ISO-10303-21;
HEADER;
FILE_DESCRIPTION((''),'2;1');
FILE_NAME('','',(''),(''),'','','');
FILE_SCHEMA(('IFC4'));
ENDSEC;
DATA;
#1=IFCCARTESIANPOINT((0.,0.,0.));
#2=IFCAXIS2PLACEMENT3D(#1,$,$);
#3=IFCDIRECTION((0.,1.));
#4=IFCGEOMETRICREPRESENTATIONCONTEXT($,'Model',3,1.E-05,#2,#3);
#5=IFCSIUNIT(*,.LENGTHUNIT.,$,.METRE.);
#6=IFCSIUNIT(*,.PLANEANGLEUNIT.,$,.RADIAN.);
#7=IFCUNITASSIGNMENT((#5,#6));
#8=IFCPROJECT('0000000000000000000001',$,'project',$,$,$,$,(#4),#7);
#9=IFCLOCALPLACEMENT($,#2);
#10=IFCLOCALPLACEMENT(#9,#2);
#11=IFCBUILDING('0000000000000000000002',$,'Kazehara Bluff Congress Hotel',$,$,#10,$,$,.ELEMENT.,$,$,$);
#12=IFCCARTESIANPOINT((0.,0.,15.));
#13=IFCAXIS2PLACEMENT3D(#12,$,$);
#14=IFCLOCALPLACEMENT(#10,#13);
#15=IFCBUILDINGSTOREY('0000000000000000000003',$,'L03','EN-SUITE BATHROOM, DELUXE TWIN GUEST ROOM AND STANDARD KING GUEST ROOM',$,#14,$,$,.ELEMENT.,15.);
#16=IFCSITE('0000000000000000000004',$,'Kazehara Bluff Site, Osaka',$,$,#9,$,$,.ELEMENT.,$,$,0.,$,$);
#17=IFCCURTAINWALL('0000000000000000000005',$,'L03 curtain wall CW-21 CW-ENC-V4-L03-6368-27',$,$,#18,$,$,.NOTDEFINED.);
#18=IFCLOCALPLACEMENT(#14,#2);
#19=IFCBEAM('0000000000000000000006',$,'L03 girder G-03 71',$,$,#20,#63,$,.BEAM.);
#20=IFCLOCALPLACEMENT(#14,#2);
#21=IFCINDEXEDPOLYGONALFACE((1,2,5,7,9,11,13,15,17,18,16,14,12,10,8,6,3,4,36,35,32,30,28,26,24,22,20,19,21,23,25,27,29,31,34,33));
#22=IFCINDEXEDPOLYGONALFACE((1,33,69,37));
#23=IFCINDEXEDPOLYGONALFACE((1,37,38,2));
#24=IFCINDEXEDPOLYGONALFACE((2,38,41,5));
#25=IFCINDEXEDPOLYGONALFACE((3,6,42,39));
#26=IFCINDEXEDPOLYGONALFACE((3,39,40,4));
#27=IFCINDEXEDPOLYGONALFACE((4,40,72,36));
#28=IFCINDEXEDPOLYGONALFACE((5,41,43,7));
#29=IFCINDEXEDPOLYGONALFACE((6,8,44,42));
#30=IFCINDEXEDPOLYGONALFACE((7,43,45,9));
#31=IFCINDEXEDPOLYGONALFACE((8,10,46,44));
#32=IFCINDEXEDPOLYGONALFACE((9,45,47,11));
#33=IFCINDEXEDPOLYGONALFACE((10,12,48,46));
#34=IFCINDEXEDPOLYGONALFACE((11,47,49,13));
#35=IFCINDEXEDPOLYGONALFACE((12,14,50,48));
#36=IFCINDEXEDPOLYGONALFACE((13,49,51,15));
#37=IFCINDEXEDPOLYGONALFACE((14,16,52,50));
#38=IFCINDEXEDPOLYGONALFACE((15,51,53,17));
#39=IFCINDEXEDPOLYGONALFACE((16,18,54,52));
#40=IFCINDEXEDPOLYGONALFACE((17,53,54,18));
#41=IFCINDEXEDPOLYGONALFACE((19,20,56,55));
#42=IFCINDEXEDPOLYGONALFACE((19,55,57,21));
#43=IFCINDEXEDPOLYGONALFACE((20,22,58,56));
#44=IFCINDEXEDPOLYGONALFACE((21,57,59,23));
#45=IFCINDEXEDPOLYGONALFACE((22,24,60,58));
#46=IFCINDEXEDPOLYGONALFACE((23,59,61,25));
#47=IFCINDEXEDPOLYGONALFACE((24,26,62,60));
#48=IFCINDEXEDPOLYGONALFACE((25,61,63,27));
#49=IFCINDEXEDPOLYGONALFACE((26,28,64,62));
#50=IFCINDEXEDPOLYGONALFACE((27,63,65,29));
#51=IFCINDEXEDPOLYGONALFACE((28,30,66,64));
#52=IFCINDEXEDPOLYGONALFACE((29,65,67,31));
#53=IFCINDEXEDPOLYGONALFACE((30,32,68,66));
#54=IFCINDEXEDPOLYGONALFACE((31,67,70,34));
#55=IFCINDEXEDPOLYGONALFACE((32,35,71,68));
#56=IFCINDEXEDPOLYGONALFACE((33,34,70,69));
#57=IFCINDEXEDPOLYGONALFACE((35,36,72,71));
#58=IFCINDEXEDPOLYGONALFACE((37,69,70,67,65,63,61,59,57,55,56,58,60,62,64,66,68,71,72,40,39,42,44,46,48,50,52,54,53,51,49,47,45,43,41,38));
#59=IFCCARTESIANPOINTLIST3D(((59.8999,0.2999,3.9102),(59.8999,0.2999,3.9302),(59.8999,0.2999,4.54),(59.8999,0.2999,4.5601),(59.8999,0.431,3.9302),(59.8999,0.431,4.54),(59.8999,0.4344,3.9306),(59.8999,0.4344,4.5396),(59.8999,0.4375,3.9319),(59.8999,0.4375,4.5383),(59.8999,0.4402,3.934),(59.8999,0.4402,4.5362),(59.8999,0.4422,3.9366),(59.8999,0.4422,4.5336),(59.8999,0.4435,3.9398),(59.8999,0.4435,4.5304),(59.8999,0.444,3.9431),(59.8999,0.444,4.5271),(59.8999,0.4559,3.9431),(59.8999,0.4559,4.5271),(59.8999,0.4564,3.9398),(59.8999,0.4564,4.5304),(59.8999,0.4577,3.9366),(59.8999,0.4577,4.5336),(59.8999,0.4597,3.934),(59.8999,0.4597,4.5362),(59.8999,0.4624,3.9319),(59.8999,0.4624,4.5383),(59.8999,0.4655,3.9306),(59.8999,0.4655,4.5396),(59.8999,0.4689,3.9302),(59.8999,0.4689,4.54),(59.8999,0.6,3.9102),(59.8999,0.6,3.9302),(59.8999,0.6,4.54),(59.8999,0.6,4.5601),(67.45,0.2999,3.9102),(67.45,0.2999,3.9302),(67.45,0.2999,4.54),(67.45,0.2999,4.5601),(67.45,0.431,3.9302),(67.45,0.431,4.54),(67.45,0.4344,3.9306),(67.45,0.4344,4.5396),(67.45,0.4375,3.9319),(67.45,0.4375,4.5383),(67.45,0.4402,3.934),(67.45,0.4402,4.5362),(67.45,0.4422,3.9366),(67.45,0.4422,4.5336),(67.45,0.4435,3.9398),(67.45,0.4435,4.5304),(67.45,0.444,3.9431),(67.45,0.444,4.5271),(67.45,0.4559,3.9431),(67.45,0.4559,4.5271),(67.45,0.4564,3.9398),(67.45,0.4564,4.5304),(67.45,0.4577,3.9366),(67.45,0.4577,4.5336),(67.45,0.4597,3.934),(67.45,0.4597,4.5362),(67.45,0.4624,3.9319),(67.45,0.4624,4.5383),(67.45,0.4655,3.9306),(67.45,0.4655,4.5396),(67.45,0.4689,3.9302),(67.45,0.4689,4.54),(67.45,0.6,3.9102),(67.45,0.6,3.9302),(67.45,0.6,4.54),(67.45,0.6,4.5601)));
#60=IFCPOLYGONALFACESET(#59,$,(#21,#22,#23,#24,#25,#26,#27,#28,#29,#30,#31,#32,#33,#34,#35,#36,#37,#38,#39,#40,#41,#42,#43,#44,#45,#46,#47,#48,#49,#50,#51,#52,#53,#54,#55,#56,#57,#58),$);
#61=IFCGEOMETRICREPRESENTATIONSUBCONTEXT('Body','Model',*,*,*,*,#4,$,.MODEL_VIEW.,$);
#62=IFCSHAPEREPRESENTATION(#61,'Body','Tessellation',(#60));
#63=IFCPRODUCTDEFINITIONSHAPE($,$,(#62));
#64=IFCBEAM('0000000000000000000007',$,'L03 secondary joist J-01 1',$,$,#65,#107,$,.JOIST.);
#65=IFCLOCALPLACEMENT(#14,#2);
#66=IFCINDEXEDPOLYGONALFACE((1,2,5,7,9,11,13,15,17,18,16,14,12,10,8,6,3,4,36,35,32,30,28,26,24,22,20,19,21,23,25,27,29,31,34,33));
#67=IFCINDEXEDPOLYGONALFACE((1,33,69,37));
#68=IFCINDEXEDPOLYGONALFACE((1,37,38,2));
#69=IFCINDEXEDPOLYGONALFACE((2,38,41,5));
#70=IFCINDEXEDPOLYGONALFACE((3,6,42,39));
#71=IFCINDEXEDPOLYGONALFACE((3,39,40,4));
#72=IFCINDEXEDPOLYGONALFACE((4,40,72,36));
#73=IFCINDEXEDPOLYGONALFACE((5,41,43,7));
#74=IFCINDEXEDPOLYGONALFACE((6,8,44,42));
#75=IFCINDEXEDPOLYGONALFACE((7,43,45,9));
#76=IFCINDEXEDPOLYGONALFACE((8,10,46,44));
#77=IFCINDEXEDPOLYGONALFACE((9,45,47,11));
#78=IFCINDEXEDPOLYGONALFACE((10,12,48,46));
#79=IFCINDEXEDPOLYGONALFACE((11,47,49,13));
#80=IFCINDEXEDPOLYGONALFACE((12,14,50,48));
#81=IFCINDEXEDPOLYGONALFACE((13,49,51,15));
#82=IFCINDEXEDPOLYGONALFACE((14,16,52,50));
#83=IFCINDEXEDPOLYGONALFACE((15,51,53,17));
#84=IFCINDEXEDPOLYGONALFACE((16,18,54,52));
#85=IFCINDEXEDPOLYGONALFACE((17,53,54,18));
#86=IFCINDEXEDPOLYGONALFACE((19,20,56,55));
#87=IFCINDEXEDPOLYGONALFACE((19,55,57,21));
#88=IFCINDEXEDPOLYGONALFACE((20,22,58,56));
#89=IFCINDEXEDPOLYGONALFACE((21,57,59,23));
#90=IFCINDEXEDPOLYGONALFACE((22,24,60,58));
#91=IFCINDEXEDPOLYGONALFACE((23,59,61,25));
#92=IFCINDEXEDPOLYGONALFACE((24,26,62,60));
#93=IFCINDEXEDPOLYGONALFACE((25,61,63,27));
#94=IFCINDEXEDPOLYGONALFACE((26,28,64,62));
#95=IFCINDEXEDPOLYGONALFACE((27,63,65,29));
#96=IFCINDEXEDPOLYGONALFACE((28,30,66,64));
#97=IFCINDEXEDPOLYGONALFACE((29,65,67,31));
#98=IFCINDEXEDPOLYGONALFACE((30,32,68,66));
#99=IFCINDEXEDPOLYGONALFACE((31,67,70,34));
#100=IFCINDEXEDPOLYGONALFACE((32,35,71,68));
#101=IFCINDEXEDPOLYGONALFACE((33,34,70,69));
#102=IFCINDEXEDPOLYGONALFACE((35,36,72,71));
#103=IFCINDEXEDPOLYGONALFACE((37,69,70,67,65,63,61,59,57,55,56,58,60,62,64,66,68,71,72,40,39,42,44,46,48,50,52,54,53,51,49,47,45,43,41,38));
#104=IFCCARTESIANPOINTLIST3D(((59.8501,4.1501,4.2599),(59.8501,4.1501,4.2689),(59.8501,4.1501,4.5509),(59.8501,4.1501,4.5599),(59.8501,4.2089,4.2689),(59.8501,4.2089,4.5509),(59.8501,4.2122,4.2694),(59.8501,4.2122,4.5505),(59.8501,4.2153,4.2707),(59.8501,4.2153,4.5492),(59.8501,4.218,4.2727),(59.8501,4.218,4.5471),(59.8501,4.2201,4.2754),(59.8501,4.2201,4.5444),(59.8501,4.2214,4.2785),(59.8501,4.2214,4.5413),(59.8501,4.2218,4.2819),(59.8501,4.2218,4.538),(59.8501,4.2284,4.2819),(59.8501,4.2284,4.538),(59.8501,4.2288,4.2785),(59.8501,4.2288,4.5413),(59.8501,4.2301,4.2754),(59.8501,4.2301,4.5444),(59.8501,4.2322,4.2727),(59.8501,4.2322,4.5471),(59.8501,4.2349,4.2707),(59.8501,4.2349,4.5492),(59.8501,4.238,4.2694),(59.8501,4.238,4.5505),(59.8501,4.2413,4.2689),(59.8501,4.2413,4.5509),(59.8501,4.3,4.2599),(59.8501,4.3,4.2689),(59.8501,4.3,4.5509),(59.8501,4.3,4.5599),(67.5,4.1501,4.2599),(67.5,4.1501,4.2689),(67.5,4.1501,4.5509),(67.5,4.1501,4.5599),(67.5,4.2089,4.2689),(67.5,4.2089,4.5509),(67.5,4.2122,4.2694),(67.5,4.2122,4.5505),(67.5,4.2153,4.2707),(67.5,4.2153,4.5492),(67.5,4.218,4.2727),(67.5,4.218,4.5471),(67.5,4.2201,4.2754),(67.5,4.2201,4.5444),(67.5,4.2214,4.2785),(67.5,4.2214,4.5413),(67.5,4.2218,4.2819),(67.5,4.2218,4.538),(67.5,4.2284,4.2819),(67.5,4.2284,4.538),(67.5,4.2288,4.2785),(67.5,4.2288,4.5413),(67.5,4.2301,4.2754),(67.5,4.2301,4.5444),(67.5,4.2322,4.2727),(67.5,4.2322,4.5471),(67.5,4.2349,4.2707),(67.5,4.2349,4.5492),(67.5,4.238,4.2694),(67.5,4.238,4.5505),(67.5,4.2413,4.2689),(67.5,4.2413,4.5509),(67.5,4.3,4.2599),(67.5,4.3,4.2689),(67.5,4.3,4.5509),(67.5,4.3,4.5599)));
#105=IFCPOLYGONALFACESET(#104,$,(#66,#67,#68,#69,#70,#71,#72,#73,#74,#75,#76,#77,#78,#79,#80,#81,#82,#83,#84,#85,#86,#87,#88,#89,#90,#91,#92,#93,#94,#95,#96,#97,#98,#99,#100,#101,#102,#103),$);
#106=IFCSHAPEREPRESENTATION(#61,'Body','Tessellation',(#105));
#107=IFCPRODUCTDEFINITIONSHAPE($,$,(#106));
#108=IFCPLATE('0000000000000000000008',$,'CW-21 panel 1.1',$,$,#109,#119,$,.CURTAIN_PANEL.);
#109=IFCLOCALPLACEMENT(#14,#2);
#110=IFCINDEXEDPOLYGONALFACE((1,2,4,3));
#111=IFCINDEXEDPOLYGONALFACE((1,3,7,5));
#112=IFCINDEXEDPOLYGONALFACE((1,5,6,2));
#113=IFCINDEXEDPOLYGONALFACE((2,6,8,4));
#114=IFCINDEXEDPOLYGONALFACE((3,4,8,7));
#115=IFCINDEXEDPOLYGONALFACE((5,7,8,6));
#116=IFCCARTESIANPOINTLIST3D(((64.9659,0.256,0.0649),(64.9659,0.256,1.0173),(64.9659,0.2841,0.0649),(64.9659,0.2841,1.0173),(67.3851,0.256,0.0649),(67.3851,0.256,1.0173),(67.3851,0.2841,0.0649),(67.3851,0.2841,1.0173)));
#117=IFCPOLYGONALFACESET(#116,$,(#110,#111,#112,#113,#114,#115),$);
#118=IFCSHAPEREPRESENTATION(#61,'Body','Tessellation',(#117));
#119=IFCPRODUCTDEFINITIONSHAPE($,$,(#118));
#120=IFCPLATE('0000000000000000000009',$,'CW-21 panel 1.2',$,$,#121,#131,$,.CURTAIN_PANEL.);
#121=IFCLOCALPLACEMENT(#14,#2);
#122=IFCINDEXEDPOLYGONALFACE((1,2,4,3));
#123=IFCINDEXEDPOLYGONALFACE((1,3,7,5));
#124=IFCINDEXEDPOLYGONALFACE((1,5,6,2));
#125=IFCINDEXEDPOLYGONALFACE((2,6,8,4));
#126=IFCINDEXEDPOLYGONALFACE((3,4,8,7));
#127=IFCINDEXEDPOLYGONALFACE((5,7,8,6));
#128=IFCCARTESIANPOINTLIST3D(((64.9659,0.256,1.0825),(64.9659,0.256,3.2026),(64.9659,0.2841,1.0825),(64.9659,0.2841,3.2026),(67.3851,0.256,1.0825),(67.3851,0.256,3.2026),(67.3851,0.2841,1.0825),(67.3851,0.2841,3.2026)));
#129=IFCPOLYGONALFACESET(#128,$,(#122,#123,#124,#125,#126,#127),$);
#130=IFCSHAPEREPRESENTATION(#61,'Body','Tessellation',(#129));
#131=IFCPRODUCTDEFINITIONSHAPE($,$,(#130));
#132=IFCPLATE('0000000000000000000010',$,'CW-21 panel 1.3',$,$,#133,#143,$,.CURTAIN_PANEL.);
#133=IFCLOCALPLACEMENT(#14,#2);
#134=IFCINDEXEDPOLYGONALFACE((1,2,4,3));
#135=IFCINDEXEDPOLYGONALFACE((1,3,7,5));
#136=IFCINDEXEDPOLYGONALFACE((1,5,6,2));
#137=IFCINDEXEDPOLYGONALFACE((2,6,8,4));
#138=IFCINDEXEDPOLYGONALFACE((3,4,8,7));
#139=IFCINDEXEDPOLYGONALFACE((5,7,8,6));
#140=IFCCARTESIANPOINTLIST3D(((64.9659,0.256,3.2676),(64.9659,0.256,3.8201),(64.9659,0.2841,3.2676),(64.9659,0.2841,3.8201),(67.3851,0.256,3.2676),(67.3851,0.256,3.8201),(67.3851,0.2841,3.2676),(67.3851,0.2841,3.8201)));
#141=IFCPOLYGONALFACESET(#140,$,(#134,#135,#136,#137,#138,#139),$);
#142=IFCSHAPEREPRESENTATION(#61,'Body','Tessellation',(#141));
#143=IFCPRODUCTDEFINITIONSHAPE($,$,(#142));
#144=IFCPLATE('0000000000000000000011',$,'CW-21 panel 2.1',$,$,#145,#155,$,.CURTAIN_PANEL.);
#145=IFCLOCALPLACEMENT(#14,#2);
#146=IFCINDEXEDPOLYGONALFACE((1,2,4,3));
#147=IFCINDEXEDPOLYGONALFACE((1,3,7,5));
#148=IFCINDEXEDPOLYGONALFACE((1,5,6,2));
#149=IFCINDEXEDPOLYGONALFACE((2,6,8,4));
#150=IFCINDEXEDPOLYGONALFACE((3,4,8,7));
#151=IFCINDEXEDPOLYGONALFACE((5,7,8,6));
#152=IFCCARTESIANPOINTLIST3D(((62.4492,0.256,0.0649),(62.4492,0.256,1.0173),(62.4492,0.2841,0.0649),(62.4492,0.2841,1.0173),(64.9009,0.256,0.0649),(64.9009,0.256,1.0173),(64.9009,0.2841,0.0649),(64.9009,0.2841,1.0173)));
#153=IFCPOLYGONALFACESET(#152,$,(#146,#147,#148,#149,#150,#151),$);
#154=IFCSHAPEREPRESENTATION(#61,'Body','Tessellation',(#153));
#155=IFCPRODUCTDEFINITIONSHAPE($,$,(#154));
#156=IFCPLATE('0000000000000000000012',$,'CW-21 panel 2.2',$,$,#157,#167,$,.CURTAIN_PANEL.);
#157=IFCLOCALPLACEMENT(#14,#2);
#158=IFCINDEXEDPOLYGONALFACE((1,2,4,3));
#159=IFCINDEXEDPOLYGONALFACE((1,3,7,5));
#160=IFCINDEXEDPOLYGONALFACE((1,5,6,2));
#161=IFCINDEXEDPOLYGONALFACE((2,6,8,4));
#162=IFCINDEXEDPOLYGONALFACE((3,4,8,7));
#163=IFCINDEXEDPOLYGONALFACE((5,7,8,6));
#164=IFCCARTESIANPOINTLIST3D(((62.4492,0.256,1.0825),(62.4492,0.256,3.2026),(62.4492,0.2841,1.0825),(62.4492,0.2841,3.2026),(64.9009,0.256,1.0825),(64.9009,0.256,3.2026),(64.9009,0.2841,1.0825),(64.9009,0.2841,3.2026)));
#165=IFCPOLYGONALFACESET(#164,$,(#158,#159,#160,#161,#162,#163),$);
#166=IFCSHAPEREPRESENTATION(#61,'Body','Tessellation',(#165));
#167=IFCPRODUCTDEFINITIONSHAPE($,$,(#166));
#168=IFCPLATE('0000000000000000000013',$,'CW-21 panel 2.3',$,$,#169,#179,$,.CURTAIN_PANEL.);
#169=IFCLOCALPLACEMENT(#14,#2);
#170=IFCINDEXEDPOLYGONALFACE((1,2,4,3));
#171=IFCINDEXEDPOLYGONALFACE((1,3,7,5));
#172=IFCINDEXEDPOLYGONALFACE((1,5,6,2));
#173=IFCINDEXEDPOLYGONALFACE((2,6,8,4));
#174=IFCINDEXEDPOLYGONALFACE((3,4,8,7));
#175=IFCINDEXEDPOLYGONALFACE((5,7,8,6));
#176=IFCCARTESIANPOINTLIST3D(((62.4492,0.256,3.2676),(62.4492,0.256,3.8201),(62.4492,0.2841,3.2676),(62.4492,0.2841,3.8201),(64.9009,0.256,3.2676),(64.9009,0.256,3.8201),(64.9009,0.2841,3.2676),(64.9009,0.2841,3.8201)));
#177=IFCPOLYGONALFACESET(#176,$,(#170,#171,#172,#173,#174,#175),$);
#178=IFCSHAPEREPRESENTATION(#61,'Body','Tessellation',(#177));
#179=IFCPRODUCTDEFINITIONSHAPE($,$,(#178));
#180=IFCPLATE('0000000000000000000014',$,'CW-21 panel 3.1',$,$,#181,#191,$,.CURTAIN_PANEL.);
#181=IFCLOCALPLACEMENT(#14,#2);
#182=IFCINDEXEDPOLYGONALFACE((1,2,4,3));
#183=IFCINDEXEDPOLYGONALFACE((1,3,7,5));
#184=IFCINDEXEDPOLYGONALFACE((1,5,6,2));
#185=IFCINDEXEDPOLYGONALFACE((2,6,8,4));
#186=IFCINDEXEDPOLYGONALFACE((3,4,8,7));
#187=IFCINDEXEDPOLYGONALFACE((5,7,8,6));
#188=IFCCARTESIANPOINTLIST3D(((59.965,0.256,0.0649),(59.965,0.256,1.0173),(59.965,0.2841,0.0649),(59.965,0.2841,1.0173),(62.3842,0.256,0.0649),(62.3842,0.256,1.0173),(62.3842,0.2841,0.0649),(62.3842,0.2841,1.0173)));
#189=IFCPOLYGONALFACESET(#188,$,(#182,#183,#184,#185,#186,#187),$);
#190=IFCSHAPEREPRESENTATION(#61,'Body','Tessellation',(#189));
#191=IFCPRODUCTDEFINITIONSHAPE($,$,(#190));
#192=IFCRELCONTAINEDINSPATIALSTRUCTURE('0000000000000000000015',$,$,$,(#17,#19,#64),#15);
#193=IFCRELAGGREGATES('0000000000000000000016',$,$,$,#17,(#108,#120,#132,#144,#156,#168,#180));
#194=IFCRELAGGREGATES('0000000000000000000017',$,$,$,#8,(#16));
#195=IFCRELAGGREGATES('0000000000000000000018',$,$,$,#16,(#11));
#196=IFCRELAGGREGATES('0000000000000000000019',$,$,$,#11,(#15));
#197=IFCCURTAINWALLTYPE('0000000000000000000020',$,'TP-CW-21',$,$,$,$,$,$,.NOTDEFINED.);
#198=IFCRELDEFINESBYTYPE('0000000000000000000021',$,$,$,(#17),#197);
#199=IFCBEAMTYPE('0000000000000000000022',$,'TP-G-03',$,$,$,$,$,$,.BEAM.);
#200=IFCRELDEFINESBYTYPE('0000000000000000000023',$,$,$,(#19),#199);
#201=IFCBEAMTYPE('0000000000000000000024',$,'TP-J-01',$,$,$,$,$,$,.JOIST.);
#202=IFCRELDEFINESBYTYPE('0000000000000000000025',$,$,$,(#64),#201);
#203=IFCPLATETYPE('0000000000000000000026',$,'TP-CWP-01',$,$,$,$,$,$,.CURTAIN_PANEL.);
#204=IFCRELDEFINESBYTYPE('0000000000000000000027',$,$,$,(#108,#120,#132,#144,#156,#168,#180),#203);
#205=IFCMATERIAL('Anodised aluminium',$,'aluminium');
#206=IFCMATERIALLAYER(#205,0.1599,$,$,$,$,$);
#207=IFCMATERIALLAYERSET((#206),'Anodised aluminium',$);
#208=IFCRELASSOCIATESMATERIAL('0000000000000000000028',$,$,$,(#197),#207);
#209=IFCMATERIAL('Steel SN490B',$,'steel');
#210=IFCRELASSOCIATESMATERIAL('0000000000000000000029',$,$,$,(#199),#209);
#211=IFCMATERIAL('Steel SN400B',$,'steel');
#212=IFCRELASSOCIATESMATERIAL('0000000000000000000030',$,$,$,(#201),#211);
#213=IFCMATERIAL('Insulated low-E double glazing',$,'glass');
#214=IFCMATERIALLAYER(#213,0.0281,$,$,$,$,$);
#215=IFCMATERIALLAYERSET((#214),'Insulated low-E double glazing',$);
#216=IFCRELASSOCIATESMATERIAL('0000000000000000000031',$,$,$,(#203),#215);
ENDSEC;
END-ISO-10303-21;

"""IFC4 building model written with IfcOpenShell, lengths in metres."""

from ifc_helpers import new_model, si_unit, direction, frame, origin, origin_2d, place, context, subcontext, project, spatial, rectangle, i_section, extrude, material, layer, layer_set, material_profile, profile_set, type_object, element, aggregate, save


model = new_model("IFC4")

# Units and contexts
model_context = context("Model", 3, precision=1e-05, world=origin(), true_north=direction((0.0, 1.0)))
body_context = subcontext(model_context, "Body", "Model", "MODEL_VIEW")
ifc_project = project(units=[si_unit("LENGTHUNIT", "METRE"), si_unit("PLANEANGLEUNIT", "RADIAN")], contexts=[model_context])

# Site, building, storey
site_placement = place(None, origin())
site = spatial("IfcSite", under=ifc_project, at=site_placement, Name="Kazehara Bluff Site, Osaka", CompositionType="ELEMENT", RefElevation=0.0)
building_placement = place(site_placement, origin())
building = spatial("IfcBuilding", under=site, at=building_placement, Name="Kazehara Bluff Congress Hotel", CompositionType="ELEMENT")
storey_placement = place(building_placement, frame((0.0, 0.0, 15.0)))
storey = spatial("IfcBuildingStorey", under=building, at=storey_placement, Name="L03", Description="EN-SUITE BATHROOM, DELUXE TWIN GUEST ROOM AND STANDARD KING GUEST ROOM", CompositionType="ELEMENT", Elevation=15.0)

# Curtain wall
ifc_material_1 = material(Name="Anodised aluminium", Category="aluminium")
ifc_layer_1 = layer(ifc_material_1, 0.1599)
ifc_layer_set_1 = layer_set([ifc_layer_1], Name="Anodised aluminium")
curtain_wall_type = type_object("IfcCurtainWallType", Name="TP-CW-21", PredefinedType="NOTDEFINED", material=ifc_layer_set_1)
curtain_wall_placement = place(storey_placement, origin())
curtain_wall = element("IfcCurtainWall", 1, at=curtain_wall_placement, inside=storey, type_object=curtain_wall_type, Name="L03 curtain wall CW-21 CW-ENC-V4-L03-6368-27", PredefinedType="NOTDEFINED")

# Beams
ifc_material_2 = material(Name="Steel SN490B", Category="steel")
ifc_material_profile_1 = material_profile(ifc_material_2, i_section(OverallWidth=0.3, OverallDepth=0.6499, WebThickness=0.012, FlangeThickness=0.02, FilletRadius=0.0129, at=origin_2d()))
ifc_profile_set_1 = profile_set([ifc_material_profile_1], Name="Steel SN490B")
beam_type_1 = type_object("IfcBeamType", Name="TP-G-03", PredefinedType="BEAM", material=ifc_profile_set_1)
beam_1_placement = place(storey_placement, frame((59.8999, 0.45, 4.2351), z_axis=(1.0, 0.0, 0.0), x_axis=(0.0, 1.0, 0.0)))
element("IfcBeam", 2, at=beam_1_placement, inside=storey, type_object=beam_type_1, Name="L03 girder G-03 71", PredefinedType="BEAM", context=body_context, shape_type="SweptSolid", body=[
    extrude(i_section(OverallWidth=0.3, OverallDepth=0.6499, WebThickness=0.012, FlangeThickness=0.02, FilletRadius=0.0129, at=origin_2d()), origin(), (0.0, 0.0, 1.0), 7.55),
])
ifc_material_3 = material(Name="Steel SN400B", Category="steel")
ifc_material_profile_2 = material_profile(ifc_material_3, i_section(OverallWidth=0.1499, OverallDepth=0.3, WebThickness=0.0066, FlangeThickness=0.009, FilletRadius=0.0129, at=origin_2d()))
ifc_profile_set_2 = profile_set([ifc_material_profile_2], Name="Steel SN400B")
beam_type_2 = type_object("IfcBeamType", Name="TP-J-01", PredefinedType="JOIST", material=ifc_profile_set_2)
beam_2_placement = place(storey_placement, frame((59.8501, 4.2251, 4.4099), z_axis=(1.0, 0.0, 0.0), x_axis=(0.0, 1.0, 0.0)))
element("IfcBeam", 3, at=beam_2_placement, inside=storey, type_object=beam_type_2, Name="L03 secondary joist J-01 1", PredefinedType="JOIST", context=body_context, shape_type="SweptSolid", body=[
    extrude(i_section(OverallWidth=0.1499, OverallDepth=0.3, WebThickness=0.0066, FlangeThickness=0.009, FilletRadius=0.0129, at=origin_2d()), origin(), (0.0, 0.0, 1.0), 7.6499),
])

# Plates
ifc_material_4 = material(Name="Insulated low-E double glazing", Category="glass")
ifc_layer_2 = layer(ifc_material_4, 0.0281)
ifc_layer_set_2 = layer_set([ifc_layer_2], Name="Insulated low-E double glazing")
plate_type = type_object("IfcPlateType", Name="TP-CWP-01", PredefinedType="CURTAIN_PANEL", material=ifc_layer_set_2)
plate_1_placement = place(storey_placement, frame((66.1755, 0.27, 0.0649), z_axis=(0.0, 0.0, 1.0), x_axis=(-1.0, 0.0, 0.0)))
plate_1 = element("IfcPlate", 4, at=plate_1_placement, type_object=plate_type, Name="CW-21 panel 1.1", PredefinedType="CURTAIN_PANEL", context=body_context, shape_type="SweptSolid", body=[
    extrude(rectangle(XDim=2.4192, YDim=0.0281, at=origin_2d()), origin(), (0.0, 0.0, 1.0), 0.9524),
])
plate_2_placement = place(storey_placement, frame((66.1755, 0.27, 1.0825), z_axis=(0.0, 0.0, 1.0), x_axis=(-1.0, 0.0, 0.0)))
plate_2 = element("IfcPlate", 5, at=plate_2_placement, type_object=plate_type, Name="CW-21 panel 1.2", PredefinedType="CURTAIN_PANEL", context=body_context, shape_type="SweptSolid", body=[
    extrude(rectangle(XDim=2.4192, YDim=0.0281, at=origin_2d()), origin(), (0.0, 0.0, 1.0), 2.1201),
])
plate_3_placement = place(storey_placement, frame((66.1755, 0.27, 3.2676), z_axis=(0.0, 0.0, 1.0), x_axis=(-1.0, 0.0, 0.0)))
plate_3 = element("IfcPlate", 6, at=plate_3_placement, type_object=plate_type, Name="CW-21 panel 1.3", PredefinedType="CURTAIN_PANEL", context=body_context, shape_type="SweptSolid", body=[
    extrude(rectangle(XDim=2.4192, YDim=0.0281, at=origin_2d()), origin(), (0.0, 0.0, 1.0), 0.5525),
])
plate_4_placement = place(storey_placement, frame((63.675, 0.27, 0.0649), z_axis=(0.0, 0.0, 1.0), x_axis=(-1.0, 0.0, 0.0)))
plate_4 = element("IfcPlate", 7, at=plate_4_placement, type_object=plate_type, Name="CW-21 panel 2.1", PredefinedType="CURTAIN_PANEL", context=body_context, shape_type="SweptSolid", body=[
    extrude(rectangle(XDim=2.4517, YDim=0.0281, at=origin_2d()), origin(), (0.0, 0.0, 1.0), 0.9524),
])
plate_5_placement = place(storey_placement, frame((63.675, 0.27, 1.0825), z_axis=(0.0, 0.0, 1.0), x_axis=(-1.0, 0.0, 0.0)))
plate_5 = element("IfcPlate", 8, at=plate_5_placement, type_object=plate_type, Name="CW-21 panel 2.2", PredefinedType="CURTAIN_PANEL", context=body_context, shape_type="SweptSolid", body=[
    extrude(rectangle(XDim=2.4517, YDim=0.0281, at=origin_2d()), origin(), (0.0, 0.0, 1.0), 2.1201),
])
plate_6_placement = place(storey_placement, frame((63.675, 0.27, 3.2676), z_axis=(0.0, 0.0, 1.0), x_axis=(-1.0, 0.0, 0.0)))
plate_6 = element("IfcPlate", 9, at=plate_6_placement, type_object=plate_type, Name="CW-21 panel 2.3", PredefinedType="CURTAIN_PANEL", context=body_context, shape_type="SweptSolid", body=[
    extrude(rectangle(XDim=2.4517, YDim=0.0281, at=origin_2d()), origin(), (0.0, 0.0, 1.0), 0.5525),
])
plate_7_placement = place(storey_placement, frame((61.1746, 0.27, 0.0649), z_axis=(0.0, 0.0, 1.0), x_axis=(-1.0, 0.0, 0.0)))
plate_7 = element("IfcPlate", 10, at=plate_7_placement, type_object=plate_type, Name="CW-21 panel 3.1", PredefinedType="CURTAIN_PANEL", context=body_context, shape_type="SweptSolid", body=[
    extrude(rectangle(XDim=2.4192, YDim=0.0281, at=origin_2d()), origin(), (0.0, 0.0, 1.0), 0.9524),
])
aggregate(curtain_wall, [plate_1, plate_2, plate_3, plate_4, plate_5, plate_6, plate_7])

save(model, "model.ifc")
